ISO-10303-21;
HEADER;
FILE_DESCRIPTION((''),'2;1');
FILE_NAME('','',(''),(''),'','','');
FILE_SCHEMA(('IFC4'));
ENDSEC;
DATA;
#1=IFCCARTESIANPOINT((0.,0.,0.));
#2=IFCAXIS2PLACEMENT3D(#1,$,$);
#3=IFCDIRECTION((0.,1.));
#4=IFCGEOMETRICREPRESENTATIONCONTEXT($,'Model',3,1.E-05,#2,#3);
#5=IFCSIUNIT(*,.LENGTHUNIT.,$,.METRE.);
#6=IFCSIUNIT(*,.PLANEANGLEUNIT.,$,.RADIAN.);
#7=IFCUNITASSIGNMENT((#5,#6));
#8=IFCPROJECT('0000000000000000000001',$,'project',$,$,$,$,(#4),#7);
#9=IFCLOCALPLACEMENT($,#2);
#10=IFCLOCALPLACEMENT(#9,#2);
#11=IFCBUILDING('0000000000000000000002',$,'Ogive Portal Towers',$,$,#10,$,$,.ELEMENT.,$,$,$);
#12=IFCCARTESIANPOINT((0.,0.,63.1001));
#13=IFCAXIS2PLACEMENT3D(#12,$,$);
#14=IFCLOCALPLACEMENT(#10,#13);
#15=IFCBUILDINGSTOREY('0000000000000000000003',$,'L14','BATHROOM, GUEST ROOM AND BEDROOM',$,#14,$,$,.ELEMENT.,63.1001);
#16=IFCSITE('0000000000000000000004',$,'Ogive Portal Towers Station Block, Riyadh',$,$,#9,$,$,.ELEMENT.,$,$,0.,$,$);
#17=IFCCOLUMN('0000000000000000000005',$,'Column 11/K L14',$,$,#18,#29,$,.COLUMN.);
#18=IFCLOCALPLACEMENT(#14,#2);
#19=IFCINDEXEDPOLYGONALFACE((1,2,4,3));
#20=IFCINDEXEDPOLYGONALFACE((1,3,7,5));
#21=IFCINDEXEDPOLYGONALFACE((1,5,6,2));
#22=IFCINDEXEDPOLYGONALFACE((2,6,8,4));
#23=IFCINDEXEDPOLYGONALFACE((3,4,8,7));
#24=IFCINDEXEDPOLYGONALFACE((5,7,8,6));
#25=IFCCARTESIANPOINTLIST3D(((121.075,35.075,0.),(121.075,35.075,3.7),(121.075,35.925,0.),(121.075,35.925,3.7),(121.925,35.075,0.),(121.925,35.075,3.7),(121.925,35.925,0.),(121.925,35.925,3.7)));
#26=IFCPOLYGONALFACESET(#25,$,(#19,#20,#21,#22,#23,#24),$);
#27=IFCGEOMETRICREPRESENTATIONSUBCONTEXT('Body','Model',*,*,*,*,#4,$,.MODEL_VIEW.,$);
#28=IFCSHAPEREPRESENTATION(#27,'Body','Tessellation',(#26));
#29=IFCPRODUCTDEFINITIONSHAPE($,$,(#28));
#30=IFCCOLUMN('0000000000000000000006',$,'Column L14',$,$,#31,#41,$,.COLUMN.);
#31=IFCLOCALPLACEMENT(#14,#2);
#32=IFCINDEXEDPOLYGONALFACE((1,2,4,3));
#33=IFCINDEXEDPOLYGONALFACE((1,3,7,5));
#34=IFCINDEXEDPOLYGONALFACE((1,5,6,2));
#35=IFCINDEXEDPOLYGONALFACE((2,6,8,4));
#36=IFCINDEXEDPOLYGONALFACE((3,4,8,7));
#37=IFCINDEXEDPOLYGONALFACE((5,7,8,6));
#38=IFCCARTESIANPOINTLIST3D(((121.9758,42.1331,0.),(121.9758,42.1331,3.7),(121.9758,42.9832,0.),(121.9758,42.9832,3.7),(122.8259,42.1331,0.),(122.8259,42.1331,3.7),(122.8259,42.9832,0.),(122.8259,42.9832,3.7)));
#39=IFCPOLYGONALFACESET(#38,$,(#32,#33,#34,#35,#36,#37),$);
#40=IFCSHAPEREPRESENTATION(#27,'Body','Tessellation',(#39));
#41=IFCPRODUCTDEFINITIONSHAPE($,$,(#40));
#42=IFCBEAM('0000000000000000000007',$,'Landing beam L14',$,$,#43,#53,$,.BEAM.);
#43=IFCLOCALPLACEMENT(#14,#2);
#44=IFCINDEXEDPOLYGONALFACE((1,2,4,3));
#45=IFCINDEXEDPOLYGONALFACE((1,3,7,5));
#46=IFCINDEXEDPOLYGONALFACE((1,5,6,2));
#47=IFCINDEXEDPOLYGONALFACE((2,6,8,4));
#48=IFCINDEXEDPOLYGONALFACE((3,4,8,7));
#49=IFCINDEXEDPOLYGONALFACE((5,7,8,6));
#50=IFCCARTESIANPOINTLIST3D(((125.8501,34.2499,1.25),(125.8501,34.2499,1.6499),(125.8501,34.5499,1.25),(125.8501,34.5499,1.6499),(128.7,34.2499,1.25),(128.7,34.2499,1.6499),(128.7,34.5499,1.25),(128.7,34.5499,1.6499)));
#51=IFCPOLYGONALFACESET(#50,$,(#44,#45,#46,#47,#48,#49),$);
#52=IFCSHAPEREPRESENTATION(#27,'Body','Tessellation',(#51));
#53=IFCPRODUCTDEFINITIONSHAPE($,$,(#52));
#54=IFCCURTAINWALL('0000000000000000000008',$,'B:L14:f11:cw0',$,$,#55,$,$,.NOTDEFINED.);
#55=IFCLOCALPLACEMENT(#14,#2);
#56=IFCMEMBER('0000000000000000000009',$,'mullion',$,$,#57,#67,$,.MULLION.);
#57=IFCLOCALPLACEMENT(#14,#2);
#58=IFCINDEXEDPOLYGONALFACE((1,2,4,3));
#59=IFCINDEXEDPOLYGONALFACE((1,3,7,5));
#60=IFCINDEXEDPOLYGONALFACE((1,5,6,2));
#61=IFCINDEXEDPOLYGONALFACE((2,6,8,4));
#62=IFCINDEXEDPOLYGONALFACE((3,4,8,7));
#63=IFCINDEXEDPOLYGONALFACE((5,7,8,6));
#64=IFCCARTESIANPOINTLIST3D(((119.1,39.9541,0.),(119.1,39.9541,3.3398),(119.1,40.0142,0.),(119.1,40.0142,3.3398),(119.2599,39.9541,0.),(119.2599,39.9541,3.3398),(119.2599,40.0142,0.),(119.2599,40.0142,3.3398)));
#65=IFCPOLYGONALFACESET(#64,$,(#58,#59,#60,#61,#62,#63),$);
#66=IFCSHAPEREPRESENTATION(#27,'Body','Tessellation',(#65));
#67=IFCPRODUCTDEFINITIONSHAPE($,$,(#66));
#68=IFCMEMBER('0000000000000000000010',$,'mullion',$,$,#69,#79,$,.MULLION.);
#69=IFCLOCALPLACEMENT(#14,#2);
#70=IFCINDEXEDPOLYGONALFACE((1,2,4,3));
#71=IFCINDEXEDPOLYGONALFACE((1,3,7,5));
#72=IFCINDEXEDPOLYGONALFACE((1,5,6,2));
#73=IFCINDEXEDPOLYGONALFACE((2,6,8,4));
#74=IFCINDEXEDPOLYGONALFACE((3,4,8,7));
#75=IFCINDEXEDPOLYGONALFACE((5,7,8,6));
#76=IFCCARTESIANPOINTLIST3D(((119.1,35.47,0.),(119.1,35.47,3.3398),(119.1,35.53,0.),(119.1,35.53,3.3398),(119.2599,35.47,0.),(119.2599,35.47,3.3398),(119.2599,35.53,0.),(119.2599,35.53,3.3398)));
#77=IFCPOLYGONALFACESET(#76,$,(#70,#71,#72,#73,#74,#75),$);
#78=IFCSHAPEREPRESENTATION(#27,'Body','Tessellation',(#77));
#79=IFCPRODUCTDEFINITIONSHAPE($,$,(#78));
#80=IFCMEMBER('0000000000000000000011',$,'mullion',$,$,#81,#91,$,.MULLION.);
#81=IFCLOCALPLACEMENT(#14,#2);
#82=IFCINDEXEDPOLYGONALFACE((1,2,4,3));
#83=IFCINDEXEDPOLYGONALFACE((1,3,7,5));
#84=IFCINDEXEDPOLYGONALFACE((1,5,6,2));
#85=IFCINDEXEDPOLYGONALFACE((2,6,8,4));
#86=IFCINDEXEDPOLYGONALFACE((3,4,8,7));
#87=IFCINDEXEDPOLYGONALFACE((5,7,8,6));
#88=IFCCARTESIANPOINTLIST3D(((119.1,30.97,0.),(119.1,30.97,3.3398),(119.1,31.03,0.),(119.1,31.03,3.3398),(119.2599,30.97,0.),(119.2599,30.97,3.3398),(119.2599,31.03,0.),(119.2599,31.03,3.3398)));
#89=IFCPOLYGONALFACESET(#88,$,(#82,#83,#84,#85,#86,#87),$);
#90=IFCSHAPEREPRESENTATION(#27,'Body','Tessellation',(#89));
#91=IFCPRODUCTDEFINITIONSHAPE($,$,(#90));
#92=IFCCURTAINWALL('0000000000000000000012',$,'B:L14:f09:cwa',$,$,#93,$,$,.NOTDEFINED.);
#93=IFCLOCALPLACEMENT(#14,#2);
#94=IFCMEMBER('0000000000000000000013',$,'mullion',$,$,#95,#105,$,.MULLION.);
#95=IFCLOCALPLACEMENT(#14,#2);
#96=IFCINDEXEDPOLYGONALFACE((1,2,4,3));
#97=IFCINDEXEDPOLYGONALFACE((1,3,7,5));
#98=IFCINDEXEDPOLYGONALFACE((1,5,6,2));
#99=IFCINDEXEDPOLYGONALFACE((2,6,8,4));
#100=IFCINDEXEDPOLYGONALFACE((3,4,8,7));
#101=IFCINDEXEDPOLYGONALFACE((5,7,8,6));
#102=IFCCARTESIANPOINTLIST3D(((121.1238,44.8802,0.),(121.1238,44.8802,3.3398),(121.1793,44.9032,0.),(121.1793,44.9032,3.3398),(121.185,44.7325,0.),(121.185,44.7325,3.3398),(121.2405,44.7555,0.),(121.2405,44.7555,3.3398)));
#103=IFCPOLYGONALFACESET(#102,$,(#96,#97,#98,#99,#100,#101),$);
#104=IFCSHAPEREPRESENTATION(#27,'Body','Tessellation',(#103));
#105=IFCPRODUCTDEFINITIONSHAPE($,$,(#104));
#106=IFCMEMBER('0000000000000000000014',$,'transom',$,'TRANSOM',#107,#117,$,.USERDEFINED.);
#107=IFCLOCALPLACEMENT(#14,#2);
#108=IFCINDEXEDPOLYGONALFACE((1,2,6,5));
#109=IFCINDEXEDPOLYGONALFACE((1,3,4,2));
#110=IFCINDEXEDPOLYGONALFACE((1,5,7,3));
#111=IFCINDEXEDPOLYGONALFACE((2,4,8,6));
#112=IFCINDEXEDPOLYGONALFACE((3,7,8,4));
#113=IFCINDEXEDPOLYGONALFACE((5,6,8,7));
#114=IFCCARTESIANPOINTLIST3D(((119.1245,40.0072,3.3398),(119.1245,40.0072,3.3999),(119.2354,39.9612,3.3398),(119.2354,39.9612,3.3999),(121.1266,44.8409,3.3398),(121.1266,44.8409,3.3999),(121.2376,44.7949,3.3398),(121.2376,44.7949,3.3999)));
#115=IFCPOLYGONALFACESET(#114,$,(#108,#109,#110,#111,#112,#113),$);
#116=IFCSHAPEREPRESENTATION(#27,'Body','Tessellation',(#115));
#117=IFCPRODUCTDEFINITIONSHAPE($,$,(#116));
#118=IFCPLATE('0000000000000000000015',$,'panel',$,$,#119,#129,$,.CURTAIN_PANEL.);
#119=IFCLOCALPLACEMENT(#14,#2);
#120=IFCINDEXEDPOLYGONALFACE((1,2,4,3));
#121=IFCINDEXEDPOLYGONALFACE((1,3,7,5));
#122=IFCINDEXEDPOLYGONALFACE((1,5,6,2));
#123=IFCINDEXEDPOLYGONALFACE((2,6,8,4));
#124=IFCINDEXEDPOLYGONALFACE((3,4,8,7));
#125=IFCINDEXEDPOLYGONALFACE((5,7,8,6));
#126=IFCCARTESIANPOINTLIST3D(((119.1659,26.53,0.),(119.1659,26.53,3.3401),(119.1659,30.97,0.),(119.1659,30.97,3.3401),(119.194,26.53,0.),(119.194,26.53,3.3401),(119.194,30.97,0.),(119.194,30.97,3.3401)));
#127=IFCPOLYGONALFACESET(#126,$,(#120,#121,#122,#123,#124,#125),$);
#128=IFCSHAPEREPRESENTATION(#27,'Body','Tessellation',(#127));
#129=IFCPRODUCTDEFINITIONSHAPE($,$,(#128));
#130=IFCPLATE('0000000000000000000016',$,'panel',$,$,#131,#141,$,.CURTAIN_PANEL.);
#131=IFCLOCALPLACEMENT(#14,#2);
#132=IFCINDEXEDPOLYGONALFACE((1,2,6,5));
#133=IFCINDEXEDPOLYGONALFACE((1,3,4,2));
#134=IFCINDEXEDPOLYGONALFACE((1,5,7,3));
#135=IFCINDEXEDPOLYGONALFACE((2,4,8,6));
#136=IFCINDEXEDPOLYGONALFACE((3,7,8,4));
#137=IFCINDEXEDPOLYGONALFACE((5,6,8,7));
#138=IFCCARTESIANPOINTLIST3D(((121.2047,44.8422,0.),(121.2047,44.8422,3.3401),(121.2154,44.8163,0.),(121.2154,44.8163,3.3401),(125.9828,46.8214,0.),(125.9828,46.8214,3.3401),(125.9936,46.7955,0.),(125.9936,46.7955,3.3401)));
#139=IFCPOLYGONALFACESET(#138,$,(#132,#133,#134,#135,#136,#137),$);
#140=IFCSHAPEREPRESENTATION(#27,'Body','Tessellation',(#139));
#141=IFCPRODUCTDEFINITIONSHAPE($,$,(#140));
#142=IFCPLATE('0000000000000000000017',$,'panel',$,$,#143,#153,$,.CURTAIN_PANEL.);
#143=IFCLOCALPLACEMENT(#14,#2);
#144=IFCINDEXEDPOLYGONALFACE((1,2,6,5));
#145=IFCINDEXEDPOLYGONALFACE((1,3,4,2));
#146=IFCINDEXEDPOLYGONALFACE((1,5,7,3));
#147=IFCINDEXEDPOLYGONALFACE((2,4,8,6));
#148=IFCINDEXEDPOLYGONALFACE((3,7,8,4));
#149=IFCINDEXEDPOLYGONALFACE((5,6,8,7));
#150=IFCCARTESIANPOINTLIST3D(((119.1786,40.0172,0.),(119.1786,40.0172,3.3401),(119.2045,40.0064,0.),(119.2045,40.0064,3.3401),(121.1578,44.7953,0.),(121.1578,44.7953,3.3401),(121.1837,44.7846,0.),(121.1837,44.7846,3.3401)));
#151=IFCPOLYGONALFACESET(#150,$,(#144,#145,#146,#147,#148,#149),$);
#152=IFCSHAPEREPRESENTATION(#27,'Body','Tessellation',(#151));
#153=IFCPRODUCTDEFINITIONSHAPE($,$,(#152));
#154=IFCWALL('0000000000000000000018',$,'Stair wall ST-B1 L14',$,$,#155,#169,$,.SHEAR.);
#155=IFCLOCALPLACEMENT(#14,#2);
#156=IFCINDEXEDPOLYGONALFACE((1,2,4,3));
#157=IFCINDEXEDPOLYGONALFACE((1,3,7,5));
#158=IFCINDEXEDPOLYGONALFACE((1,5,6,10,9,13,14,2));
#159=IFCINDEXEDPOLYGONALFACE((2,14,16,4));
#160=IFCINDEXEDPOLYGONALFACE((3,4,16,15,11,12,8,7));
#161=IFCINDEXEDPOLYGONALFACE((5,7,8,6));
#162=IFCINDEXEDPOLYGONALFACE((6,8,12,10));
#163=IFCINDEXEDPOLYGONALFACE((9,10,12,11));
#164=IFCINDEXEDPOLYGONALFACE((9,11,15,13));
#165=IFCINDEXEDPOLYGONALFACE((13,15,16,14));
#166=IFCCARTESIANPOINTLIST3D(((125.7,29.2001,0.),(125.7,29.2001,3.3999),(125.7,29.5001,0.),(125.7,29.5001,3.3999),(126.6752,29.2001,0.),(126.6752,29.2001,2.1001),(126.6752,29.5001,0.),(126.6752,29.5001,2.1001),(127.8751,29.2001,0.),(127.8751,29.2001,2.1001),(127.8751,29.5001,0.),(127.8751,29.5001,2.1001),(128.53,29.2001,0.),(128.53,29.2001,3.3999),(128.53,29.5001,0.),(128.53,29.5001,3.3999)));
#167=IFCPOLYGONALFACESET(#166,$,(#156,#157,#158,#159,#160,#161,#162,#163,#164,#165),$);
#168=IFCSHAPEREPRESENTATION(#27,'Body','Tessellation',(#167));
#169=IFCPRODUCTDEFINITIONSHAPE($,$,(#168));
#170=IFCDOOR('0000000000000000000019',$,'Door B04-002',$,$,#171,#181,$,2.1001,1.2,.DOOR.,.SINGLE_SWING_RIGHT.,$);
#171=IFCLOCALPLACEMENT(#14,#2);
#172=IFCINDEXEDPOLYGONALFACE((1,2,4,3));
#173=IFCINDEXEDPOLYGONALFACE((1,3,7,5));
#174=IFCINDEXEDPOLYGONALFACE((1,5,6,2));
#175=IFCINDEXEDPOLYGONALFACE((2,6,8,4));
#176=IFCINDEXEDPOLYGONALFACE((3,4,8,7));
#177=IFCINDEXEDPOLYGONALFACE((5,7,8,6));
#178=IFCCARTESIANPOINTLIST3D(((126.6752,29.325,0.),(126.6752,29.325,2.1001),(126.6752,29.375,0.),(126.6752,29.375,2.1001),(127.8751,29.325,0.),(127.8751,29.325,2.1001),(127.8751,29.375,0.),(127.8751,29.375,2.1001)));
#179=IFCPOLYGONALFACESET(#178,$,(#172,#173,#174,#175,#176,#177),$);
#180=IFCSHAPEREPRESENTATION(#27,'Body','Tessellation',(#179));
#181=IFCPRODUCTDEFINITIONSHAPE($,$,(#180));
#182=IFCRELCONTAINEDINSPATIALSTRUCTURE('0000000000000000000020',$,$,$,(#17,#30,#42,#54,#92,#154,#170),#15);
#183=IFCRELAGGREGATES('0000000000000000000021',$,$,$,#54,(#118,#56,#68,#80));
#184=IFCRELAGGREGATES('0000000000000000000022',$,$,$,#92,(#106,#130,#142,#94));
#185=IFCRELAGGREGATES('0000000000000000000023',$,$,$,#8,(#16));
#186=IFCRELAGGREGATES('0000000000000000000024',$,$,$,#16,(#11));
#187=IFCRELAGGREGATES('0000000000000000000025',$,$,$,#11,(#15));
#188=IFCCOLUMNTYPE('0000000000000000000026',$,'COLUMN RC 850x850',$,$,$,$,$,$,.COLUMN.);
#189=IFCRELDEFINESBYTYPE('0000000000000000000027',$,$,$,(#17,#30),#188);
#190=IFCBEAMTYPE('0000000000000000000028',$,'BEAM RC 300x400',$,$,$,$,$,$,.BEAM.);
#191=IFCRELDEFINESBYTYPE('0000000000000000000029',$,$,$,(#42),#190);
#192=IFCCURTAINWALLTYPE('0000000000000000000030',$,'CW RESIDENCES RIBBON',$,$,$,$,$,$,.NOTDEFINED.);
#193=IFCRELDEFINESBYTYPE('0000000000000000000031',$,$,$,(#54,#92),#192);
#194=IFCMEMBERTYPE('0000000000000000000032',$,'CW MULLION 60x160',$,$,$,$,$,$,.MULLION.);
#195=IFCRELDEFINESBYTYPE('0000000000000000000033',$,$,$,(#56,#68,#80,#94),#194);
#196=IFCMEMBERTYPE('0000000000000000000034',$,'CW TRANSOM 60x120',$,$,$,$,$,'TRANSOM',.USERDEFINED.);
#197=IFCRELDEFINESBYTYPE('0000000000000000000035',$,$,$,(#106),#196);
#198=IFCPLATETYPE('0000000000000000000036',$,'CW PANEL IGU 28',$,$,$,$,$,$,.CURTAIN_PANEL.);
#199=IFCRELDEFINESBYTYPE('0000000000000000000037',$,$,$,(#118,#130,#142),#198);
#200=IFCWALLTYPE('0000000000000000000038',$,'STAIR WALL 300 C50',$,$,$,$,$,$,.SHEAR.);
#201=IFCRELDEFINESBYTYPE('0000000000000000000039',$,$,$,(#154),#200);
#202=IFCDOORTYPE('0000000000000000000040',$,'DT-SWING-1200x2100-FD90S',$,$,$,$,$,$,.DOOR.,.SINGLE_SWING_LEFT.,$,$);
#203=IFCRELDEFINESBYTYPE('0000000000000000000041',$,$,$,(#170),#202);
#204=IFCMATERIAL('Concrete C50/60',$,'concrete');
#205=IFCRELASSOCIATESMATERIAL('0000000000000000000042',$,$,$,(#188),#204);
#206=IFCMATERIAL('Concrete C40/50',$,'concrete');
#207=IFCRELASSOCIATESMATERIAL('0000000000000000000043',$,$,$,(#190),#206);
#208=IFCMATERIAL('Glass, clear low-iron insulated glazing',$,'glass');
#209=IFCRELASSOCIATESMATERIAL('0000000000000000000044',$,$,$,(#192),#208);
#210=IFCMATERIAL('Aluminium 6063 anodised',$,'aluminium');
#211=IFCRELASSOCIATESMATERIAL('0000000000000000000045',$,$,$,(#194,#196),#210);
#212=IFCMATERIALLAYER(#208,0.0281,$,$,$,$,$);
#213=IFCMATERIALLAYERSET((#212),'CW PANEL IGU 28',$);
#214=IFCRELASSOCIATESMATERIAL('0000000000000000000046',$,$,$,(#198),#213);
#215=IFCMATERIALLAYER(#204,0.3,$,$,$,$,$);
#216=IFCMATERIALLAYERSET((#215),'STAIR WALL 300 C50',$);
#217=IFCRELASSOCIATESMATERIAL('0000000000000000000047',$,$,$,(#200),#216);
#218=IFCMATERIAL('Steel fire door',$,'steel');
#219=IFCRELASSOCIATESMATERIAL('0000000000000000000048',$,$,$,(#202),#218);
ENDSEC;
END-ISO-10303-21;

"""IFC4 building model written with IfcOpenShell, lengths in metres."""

from ifc_helpers import new_model, si_unit, direction, frame, frame_2d, origin, origin_2d, place, context, subcontext, project, spatial, rectangle, extrude, material, layer, layer_set, material_profile, profile_set, type_object, element, fill, aggregate, save


model = new_model("IFC4")

# Units and contexts
model_context = context("Model", 3, precision=1e-05, world=origin(), true_north=direction((0.0, 1.0)))
body_context = subcontext(model_context, "Body", "Model", "MODEL_VIEW")
ifc_project = project(units=[si_unit("LENGTHUNIT", "METRE"), si_unit("PLANEANGLEUNIT", "RADIAN")], contexts=[model_context])

# Site, building, storey
site_placement = place(None, origin())
site = spatial("IfcSite", under=ifc_project, at=site_placement, Name="Ogive Portal Towers Station Block, Riyadh", CompositionType="ELEMENT", RefElevation=0.0)
building_placement = place(site_placement, origin())
building = spatial("IfcBuilding", under=site, at=building_placement, Name="Ogive Portal Towers", CompositionType="ELEMENT")
storey_placement = place(building_placement, frame((0.0, 0.0, 63.1001)))
storey = spatial("IfcBuildingStorey", under=building, at=storey_placement, Name="L14", Description="BATHROOM, GUEST ROOM AND BEDROOM", CompositionType="ELEMENT", Elevation=63.1001)

# Columns
ifc_material_1 = material(Name="Concrete C50/60", Category="concrete")
ifc_material_profile_1 = material_profile(ifc_material_1, rectangle(XDim=0.8501, YDim=0.8501, at=origin_2d()), Name="RC 850x850")
ifc_profile_set_1 = profile_set([ifc_material_profile_1], Name="Concrete C50/60")
column_type = type_object("IfcColumnType", Name="COLUMN RC 850x850", PredefinedType="COLUMN", material=ifc_profile_set_1)
for number, where, z_axis, x_axis, name in (
    (1, (121.5, 35.5, 0.0), (0.0, 0.0, 1.0), (1.0, 0.0, 0.0), "Column 11/K L14"),
    (2, (122.4009, 42.5581, 0.0), (0.0, 0.0, 1.0), (1.0, 0.0, 0.0), "Column L14"),
):
    element("IfcColumn", number, at=place(storey_placement, frame(where, z_axis=z_axis, x_axis=x_axis)), inside=storey, type_object=column_type, Name=name, PredefinedType="COLUMN", context=body_context, shape_type="SweptSolid", body=[
        extrude(rectangle(XDim=0.8501, YDim=0.8501, at=origin_2d()), origin(), (0.0, 0.0, 1.0), 3.7),
    ])

# Beam
ifc_material_2 = material(Name="Concrete C40/50", Category="concrete")
ifc_material_profile_2 = material_profile(ifc_material_2, rectangle(XDim=0.3, YDim=0.3999, at=origin_2d()), Name="RC 300x400")
ifc_profile_set_2 = profile_set([ifc_material_profile_2], Name="Concrete C40/50")
beam_type = type_object("IfcBeamType", Name="BEAM RC 300x400", PredefinedType="BEAM", material=ifc_profile_set_2)
beam_placement = place(storey_placement, frame((125.8501, 34.3999, 1.45), z_axis=(1.0, 0.0, 0.0), x_axis=(0.0, 1.0, 0.0)))
element("IfcBeam", 3, at=beam_placement, inside=storey, type_object=beam_type, Name="Landing beam L14", PredefinedType="BEAM", context=body_context, shape_type="SweptSolid", body=[
    extrude(rectangle(XDim=0.3, YDim=0.3999, at=origin_2d()), origin(), (0.0, 0.0, 1.0), 2.8499),
])

# Curtain walls, members
ifc_material_3 = material(Name="Glass, clear low-iron insulated glazing", Category="glass")
curtain_wall_type = type_object("IfcCurtainWallType", Name="CW RESIDENCES RIBBON", PredefinedType="NOTDEFINED", material=ifc_material_3)
curtain_wall_1_placement = place(storey_placement, origin())
curtain_wall_1 = element("IfcCurtainWall", 4, at=curtain_wall_1_placement, inside=storey, type_object=curtain_wall_type, Name="B:L14:f11:cw0", PredefinedType="NOTDEFINED")
ifc_material_4 = material(Name="Aluminium 6063 anodised", Category="aluminium")
ifc_material_profile_3 = material_profile(ifc_material_4, rectangle(XDim=0.1599, YDim=0.0601, at=origin_2d()), Name="AL 60x160")
ifc_profile_set_3 = profile_set([ifc_material_profile_3], Name="Aluminium 6063 anodised")
member_type_1 = type_object("IfcMemberType", Name="CW MULLION 60x160", PredefinedType="MULLION", material=ifc_profile_set_3)
member_1_placement = place(storey_placement, frame((119.1799, 39.9841, 0.0), z_axis=(0.0, 0.0, 1.0), x_axis=(1.0, 0.0, 0.0)))
member_1 = element("IfcMember", 5, at=member_1_placement, type_object=member_type_1, Name="mullion", PredefinedType="MULLION", context=body_context, shape_type="SweptSolid", body=[
    extrude(rectangle(XDim=0.1599, YDim=0.0601, at=origin_2d()), origin(), (0.0, 0.0, 1.0), 3.3398),
])
member_2_placement = place(storey_placement, frame((119.1799, 35.5, 0.0), z_axis=(0.0, 0.0, 1.0), x_axis=(1.0, 0.0, 0.0)))
member_2 = element("IfcMember", 6, at=member_2_placement, type_object=member_type_1, Name="mullion", PredefinedType="MULLION", context=body_context, shape_type="SweptSolid", body=[
    extrude(rectangle(XDim=0.1599, YDim=0.0601, at=origin_2d()), origin(), (0.0, 0.0, 1.0), 3.3398),
])
member_3_placement = place(storey_placement, frame((119.1799, 31.0, 0.0), z_axis=(0.0, 0.0, 1.0), x_axis=(1.0, 0.0, 0.0)))
member_3 = element("IfcMember", 7, at=member_3_placement, type_object=member_type_1, Name="mullion", PredefinedType="MULLION", context=body_context, shape_type="SweptSolid", body=[
    extrude(rectangle(XDim=0.1599, YDim=0.0601, at=origin_2d()), origin(), (0.0, 0.0, 1.0), 3.3398),
])
curtain_wall_2_placement = place(storey_placement, origin())
curtain_wall_2 = element("IfcCurtainWall", 8, at=curtain_wall_2_placement, inside=storey, type_object=curtain_wall_type, Name="B:L14:f09:cwa", PredefinedType="NOTDEFINED")
member_4_placement = place(storey_placement, frame((121.1821, 44.8179, 0.0), z_axis=(0.0, 0.0, 1.0), x_axis=(0.382683, -0.92388, 0.0)))
member_4 = element("IfcMember", 9, at=member_4_placement, type_object=member_type_1, Name="mullion", PredefinedType="MULLION", context=body_context, shape_type="SweptSolid", body=[
    extrude(rectangle(XDim=0.1599, YDim=0.0601, at=origin_2d()), origin(), (0.0, 0.0, 1.0), 3.3398),
])
ifc_material_profile_4 = material_profile(ifc_material_4, rectangle(XDim=0.1201, YDim=0.0601, at=origin_2d()), Name="AL 120x60")
ifc_profile_set_4 = profile_set([ifc_material_profile_4], Name="Aluminium 6063 anodised")
member_type_2 = type_object("IfcMemberType", Name="CW TRANSOM 60x120", ElementType="TRANSOM", PredefinedType="USERDEFINED", material=ifc_profile_set_4)
member_5_placement = place(storey_placement, frame((121.1821, 44.8179, 3.3699), z_axis=(-0.382683, -0.92388, 0.0), x_axis=(0.92388, -0.382683, 0.0)))
member_5 = element("IfcMember", 10, at=member_5_placement, type_object=member_type_2, Name="transom", ObjectType="TRANSOM", PredefinedType="USERDEFINED", context=body_context, shape_type="SweptSolid", body=[
    extrude(rectangle(XDim=0.1201, YDim=0.0601, at=origin_2d()), origin(), (0.0, 0.0, 1.0), 5.2319),
])

# Plates
ifc_layer_1 = layer(ifc_material_3, 0.0281)
ifc_layer_set_1 = layer_set([ifc_layer_1], Name="CW PANEL IGU 28")
plate_type = type_object("IfcPlateType", Name="CW PANEL IGU 28", PredefinedType="CURTAIN_PANEL", material=ifc_layer_set_1)
plate_1_placement = place(storey_placement, frame((119.1799, 28.75, 0.0), z_axis=(0.0, 0.0, 1.0), x_axis=(0.0, -1.0, 0.0)))
plate_1 = element("IfcPlate", 11, at=plate_1_placement, type_object=plate_type, Name="panel", PredefinedType="CURTAIN_PANEL", context=body_context, shape_type="SweptSolid", body=[
    extrude(rectangle(XDim=4.4399, YDim=0.0281, at=origin_2d()), origin(), (0.0, 0.0, 1.0), 3.3401),
])
aggregate(curtain_wall_1, [plate_1, member_1, member_2, member_3])
plate_2_placement = place(storey_placement, frame((123.5991, 45.8188, 0.0), z_axis=(0.0, 0.0, 1.0), x_axis=(-0.92388, -0.382683, 0.0)))
plate_2 = element("IfcPlate", 12, at=plate_2_placement, type_object=plate_type, Name="panel", PredefinedType="CURTAIN_PANEL", context=body_context, shape_type="SweptSolid", body=[
    extrude(rectangle(XDim=5.1719, YDim=0.0281, at=origin_2d()), origin(), (0.0, 0.0, 1.0), 3.3401),
])
plate_3_placement = place(storey_placement, frame((120.1812, 42.4009, 0.0), z_axis=(0.0, 0.0, 1.0), x_axis=(-0.382683, -0.92388, 0.0)))
plate_3 = element("IfcPlate", 13, at=plate_3_placement, type_object=plate_type, Name="panel", PredefinedType="CURTAIN_PANEL", context=body_context, shape_type="SweptSolid", body=[
    extrude(rectangle(XDim=5.1719, YDim=0.0281, at=origin_2d()), origin(), (0.0, 0.0, 1.0), 3.3401),
])
aggregate(curtain_wall_2, [member_5, plate_2, plate_3, member_4])

# Wall, opening, door
ifc_layer_2 = layer(ifc_material_1, 0.3)
ifc_layer_set_2 = layer_set([ifc_layer_2], Name="STAIR WALL 300 C50")
wall_type_1 = type_object("IfcWallType", Name="STAIR WALL 300 C50", PredefinedType="SHEAR", material=ifc_layer_set_2)
wall_1_placement = place(storey_placement, frame((125.7, 29.3501, 0.0), z_axis=(0.0, 0.0, 1.0), x_axis=(1.0, 0.0, 0.0)))
wall_1 = element("IfcWall", 14, at=wall_1_placement, inside=storey, type_object=wall_type_1, Name="Stair wall ST-B1 L14", PredefinedType="SHEAR", context=body_context, shape_type="SweptSolid", body=[
    extrude(rectangle(XDim=2.8301, YDim=0.3, at=frame_2d((1.415, 0.0))), origin(), (0.0, 0.0, 1.0), 3.3999),
])
opening_1_placement = place(wall_1_placement, frame((0.9751, 0.0, 0.0)))
opening_1 = element("IfcOpeningElement", 15, at=opening_1_placement, cuts=wall_1, PredefinedType="OPENING", context=body_context, shape_type="SweptSolid", body=[
    extrude(rectangle(XDim=1.2, YDim=2.1001, at=frame_2d((0.6001, 1.05))), frame((0.0, 0.1602, 0.0), z_axis=(0.0, -1.0, 0.0), x_axis=(1.0, 0.0, 0.0)), (0.0, 0.0, 1.0), 0.3201),
])
ifc_material_5 = material(Name="Steel fire door", Category="steel")
door_type_1 = type_object("IfcDoorType", Name="DT-SWING-1200x2100-FD90S", OperationType="SINGLE_SWING_LEFT", PredefinedType="DOOR", material=ifc_material_5)
door_1_placement = place(opening_1_placement, origin())
door_1 = element("IfcDoor", 16, at=door_1_placement, inside=storey, type_object=door_type_1, Name="Door B04-002", OperationType="SINGLE_SWING_RIGHT", OverallHeight=2.1001, OverallWidth=1.2, PredefinedType="DOOR", context=body_context, shape_type="SweptSolid", body=[
    extrude(rectangle(XDim=1.2, YDim=2.1001, at=frame_2d((0.6001, 1.05))), frame((0.0, 0.0249, 0.0), z_axis=(0.0, -1.0, 0.0), x_axis=(1.0, 0.0, 0.0)), (0.0, 0.0, 1.0), 0.05),
])
fill(opening_1, door_1)

save(model, "model.ifc")
